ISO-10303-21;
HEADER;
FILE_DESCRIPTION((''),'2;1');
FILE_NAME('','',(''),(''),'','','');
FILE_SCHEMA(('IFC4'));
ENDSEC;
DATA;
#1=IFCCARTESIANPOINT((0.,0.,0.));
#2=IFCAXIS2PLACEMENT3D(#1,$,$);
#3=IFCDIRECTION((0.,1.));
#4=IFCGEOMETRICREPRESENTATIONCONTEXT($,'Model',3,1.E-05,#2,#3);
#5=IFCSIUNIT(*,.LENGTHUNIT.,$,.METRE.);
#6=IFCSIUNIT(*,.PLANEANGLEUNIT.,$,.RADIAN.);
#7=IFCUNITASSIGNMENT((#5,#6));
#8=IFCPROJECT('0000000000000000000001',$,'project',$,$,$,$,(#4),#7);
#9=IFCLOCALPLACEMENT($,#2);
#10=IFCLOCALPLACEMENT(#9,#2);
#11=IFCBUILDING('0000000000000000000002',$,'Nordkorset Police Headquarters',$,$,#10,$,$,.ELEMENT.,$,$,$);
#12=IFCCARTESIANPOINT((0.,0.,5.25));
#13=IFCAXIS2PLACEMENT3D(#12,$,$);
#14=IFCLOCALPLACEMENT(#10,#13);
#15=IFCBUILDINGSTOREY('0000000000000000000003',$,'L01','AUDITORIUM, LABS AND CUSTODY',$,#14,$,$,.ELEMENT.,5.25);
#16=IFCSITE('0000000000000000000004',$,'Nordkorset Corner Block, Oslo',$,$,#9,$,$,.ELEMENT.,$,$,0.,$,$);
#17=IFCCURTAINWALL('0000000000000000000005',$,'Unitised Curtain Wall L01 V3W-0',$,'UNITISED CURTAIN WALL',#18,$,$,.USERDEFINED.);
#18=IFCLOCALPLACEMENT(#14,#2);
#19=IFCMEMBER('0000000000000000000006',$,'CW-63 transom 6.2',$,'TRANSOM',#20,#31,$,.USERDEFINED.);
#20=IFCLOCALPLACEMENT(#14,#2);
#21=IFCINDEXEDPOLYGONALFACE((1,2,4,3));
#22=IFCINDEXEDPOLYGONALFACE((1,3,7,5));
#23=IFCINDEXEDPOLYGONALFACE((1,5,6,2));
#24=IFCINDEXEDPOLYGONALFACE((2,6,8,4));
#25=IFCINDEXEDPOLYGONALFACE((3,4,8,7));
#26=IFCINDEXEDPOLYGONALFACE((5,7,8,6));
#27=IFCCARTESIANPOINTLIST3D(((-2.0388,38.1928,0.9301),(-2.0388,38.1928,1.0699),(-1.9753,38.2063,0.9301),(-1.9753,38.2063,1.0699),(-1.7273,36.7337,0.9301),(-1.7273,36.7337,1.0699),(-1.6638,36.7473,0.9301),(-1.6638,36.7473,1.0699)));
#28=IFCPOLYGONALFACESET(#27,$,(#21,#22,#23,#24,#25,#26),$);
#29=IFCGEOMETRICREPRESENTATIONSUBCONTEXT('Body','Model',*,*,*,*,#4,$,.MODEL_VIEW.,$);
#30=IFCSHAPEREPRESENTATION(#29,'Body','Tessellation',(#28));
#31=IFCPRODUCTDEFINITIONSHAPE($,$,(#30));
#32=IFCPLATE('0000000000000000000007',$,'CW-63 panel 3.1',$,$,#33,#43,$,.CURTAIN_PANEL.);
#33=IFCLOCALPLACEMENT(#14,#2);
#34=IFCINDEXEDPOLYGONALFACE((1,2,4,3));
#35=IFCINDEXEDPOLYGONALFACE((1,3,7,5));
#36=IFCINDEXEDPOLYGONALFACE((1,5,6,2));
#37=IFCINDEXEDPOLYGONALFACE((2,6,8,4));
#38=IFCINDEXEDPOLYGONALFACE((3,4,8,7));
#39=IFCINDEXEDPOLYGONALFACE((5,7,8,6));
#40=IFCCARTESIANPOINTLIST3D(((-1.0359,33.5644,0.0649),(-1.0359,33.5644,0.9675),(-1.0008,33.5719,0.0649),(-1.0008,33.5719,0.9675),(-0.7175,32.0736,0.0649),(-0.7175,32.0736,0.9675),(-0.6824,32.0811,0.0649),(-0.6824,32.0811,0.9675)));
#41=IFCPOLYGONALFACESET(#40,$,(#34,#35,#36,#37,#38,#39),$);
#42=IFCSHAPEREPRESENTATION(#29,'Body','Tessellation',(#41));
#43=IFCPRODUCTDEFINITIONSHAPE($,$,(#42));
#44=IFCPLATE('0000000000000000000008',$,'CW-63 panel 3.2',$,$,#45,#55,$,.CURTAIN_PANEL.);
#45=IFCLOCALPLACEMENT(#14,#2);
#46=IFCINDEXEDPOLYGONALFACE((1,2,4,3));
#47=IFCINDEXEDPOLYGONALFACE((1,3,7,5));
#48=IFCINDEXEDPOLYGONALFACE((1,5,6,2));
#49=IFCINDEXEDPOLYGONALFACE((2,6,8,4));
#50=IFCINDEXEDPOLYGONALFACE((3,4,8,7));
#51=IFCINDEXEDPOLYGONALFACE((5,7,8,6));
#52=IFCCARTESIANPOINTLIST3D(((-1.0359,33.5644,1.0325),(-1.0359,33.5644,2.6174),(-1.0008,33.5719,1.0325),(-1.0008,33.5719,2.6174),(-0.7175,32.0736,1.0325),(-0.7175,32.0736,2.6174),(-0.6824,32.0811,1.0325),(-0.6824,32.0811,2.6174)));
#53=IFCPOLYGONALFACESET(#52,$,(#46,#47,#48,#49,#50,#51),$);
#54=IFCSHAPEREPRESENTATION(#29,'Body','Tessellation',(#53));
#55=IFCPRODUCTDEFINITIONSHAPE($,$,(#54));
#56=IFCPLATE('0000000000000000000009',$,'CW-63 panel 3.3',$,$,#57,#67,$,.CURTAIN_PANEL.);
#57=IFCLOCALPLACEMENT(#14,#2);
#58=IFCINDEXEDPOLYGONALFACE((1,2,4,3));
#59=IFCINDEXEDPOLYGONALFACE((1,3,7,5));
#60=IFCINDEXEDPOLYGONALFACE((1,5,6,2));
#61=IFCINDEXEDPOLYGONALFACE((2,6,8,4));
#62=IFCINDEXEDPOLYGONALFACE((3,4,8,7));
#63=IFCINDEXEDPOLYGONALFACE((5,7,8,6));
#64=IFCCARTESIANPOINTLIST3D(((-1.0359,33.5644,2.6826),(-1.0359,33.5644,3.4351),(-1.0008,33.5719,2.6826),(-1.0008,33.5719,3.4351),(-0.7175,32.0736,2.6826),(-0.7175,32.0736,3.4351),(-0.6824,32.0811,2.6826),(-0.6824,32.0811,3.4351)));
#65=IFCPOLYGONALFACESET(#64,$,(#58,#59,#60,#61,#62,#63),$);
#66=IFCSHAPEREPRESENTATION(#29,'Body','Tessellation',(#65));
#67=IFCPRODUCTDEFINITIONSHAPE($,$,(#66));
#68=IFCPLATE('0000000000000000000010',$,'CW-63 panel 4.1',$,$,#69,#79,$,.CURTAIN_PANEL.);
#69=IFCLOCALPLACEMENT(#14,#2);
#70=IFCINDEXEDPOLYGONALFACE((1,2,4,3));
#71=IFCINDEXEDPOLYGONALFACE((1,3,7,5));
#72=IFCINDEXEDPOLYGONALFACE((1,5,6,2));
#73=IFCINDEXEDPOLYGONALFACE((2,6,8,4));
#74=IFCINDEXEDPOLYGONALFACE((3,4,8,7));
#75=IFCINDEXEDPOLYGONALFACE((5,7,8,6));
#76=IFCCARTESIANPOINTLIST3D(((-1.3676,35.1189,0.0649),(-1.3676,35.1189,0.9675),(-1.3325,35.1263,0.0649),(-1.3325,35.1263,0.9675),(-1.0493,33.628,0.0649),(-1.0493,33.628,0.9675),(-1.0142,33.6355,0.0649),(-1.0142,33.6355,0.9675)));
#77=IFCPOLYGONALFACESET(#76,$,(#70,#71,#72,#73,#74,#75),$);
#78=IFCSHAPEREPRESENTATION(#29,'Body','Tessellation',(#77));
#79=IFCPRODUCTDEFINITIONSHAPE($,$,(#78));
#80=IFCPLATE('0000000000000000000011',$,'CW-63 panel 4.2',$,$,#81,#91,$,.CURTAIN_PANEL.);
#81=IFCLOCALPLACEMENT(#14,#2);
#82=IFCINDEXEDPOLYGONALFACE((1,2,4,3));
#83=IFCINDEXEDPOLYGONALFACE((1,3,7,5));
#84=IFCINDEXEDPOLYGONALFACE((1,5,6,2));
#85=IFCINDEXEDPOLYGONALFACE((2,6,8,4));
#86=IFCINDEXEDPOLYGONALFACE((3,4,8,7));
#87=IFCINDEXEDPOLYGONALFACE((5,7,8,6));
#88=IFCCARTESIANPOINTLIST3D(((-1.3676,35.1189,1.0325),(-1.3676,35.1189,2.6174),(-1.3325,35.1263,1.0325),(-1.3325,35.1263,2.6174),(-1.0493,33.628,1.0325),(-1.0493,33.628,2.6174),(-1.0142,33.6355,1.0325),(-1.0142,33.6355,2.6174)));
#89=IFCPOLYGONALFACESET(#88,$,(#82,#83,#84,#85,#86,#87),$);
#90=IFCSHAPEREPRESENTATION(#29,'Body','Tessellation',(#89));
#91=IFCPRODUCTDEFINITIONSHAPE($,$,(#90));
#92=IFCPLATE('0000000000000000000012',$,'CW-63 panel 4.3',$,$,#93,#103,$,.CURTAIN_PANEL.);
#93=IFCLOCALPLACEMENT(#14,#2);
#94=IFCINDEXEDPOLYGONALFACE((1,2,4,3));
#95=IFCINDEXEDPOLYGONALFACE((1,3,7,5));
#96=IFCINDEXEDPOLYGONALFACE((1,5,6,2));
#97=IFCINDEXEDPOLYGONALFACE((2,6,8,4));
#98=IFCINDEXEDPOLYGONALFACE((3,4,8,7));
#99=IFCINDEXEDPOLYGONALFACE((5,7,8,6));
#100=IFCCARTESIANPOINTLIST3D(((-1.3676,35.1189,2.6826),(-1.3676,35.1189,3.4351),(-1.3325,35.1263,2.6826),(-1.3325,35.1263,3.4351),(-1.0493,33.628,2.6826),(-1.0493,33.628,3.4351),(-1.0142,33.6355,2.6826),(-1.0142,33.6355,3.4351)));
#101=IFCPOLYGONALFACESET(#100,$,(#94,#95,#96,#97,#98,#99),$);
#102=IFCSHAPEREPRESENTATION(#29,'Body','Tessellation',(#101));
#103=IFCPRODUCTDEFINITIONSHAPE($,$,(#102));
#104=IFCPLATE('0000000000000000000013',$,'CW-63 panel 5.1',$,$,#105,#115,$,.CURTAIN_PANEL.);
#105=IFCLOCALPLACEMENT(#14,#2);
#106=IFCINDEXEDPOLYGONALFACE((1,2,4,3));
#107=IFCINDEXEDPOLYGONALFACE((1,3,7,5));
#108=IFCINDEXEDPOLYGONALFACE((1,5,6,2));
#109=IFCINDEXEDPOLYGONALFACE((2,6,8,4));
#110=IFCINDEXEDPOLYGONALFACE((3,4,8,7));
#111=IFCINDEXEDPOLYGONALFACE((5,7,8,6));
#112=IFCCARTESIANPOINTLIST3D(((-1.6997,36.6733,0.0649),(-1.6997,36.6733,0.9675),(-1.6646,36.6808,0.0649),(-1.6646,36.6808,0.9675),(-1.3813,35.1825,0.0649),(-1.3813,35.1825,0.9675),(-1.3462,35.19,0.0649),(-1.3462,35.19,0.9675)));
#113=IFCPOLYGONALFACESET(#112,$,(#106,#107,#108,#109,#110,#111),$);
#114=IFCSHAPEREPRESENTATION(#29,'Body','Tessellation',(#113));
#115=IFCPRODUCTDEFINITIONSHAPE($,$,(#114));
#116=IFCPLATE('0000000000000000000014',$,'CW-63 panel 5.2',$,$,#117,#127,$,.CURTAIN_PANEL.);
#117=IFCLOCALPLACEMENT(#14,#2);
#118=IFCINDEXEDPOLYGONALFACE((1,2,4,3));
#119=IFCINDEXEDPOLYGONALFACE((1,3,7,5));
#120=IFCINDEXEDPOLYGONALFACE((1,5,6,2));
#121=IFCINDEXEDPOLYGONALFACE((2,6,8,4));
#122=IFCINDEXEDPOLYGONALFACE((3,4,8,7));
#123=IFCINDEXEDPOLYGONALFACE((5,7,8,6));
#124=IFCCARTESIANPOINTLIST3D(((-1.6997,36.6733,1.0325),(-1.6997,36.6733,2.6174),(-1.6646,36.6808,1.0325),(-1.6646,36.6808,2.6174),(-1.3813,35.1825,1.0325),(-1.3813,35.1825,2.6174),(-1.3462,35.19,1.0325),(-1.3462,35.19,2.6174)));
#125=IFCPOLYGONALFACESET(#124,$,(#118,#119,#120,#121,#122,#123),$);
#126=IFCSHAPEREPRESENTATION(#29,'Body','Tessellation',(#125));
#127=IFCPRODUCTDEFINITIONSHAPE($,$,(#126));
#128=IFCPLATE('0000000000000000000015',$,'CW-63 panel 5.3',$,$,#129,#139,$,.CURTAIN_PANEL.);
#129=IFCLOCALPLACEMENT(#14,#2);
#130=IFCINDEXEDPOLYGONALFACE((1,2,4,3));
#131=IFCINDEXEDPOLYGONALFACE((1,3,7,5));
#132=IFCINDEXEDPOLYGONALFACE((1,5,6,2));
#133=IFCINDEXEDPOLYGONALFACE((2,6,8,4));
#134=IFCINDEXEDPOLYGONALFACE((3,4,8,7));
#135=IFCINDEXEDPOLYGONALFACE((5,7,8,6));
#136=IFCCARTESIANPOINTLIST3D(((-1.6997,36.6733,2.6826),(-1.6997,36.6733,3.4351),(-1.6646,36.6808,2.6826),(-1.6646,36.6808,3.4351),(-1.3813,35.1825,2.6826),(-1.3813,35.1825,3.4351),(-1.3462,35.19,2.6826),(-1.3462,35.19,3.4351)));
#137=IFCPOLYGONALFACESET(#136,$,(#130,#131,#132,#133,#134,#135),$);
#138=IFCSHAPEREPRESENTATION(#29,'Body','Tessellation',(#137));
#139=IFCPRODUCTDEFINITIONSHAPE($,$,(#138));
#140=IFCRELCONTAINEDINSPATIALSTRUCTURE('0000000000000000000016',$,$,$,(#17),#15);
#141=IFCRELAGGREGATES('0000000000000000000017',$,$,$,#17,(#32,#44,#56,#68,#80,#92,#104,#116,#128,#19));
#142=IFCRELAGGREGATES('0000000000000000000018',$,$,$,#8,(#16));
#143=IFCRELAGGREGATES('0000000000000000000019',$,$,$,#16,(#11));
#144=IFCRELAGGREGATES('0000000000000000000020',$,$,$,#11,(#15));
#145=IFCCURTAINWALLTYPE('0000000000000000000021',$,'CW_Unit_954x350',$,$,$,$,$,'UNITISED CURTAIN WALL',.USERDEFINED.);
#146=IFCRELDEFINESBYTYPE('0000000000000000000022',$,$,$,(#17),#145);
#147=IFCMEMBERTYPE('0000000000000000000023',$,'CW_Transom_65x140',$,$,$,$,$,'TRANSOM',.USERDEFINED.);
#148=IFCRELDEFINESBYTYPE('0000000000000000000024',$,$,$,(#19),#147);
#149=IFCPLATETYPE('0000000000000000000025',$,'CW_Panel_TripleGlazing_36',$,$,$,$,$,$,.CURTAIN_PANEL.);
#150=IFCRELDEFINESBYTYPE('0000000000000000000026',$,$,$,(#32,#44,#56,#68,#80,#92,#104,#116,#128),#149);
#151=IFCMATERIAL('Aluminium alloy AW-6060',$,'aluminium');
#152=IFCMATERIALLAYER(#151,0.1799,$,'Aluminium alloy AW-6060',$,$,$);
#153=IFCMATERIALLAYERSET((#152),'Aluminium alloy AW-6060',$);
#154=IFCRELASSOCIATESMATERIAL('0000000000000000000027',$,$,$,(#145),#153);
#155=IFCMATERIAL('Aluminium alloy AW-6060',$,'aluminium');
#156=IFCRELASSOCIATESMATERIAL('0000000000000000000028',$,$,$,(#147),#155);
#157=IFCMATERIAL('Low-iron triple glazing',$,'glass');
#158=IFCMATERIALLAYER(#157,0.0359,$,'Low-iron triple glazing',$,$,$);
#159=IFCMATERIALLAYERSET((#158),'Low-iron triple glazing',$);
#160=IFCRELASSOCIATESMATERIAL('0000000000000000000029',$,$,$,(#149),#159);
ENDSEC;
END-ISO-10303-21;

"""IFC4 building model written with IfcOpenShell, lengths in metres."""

from ifc_helpers import new_model, si_unit, direction, frame, origin, origin_2d, place, context, subcontext, project, spatial, rectangle, extrude, material, layer, layer_set, material_profile, profile_set, type_object, element, aggregate, save


model = new_model("IFC4")

# Units and contexts
model_context = context("Model", 3, precision=1e-05, world=origin(), true_north=direction((0.0, 1.0)))
body_context = subcontext(model_context, "Body", "Model", "MODEL_VIEW")
ifc_project = project(units=[si_unit("LENGTHUNIT", "METRE"), si_unit("PLANEANGLEUNIT", "RADIAN")], contexts=[model_context])

# Site, building, storey
site_placement = place(None, origin())
site = spatial("IfcSite", under=ifc_project, at=site_placement, Name="Nordkorset Corner Block, Oslo", CompositionType="ELEMENT", RefElevation=0.0)
building_placement = place(site_placement, origin())
building = spatial("IfcBuilding", under=site, at=building_placement, Name="Nordkorset Police Headquarters", CompositionType="ELEMENT")
storey_placement = place(building_placement, frame((0.0, 0.0, 5.25)))
storey = spatial("IfcBuildingStorey", under=building, at=storey_placement, Name="L01", Description="AUDITORIUM, LABS AND CUSTODY", CompositionType="ELEMENT", Elevation=5.25)

# Curtain wall, member, plates
ifc_material_1 = material(Name="Aluminium alloy AW-6060", Category="aluminium")
ifc_layer_1 = layer(ifc_material_1, 0.1799, Name="Aluminium alloy AW-6060")
ifc_layer_set_1 = layer_set([ifc_layer_1], Name="Aluminium alloy AW-6060")
curtain_wall_type = type_object("IfcCurtainWallType", Name="CW_Unit_954x350", ElementType="UNITISED CURTAIN WALL", PredefinedType="USERDEFINED", material=ifc_layer_set_1)
curtain_wall_placement = place(storey_placement, origin())
curtain_wall = element("IfcCurtainWall", 1, at=curtain_wall_placement, inside=storey, type_object=curtain_wall_type, Name="Unitised Curtain Wall L01 V3W-0", ObjectType="UNITISED CURTAIN WALL", PredefinedType="USERDEFINED")
ifc_material_2 = material(Name="Aluminium alloy AW-6060", Category="aluminium")
ifc_material_profile_1 = material_profile(ifc_material_2, rectangle(XDim=0.0649, YDim=0.1399, at=origin_2d()), Name="ALU TRAN 65x140")
ifc_profile_set_1 = profile_set([ifc_material_profile_1], Name="Aluminium alloy AW-6060")
member_type_1 = type_object("IfcMemberType", Name="CW_Transom_65x140", ElementType="TRANSOM", PredefinedType="USERDEFINED", material=ifc_profile_set_1)
member_1_placement = place(storey_placement, frame((-1.6956, 36.7405, 1.0), z_axis=(-0.208814, 0.977955, 0.0), x_axis=(-0.977955, -0.208814, 0.0)))
member_1 = element("IfcMember", 2, at=member_1_placement, type_object=member_type_1, Name="CW-63 transom 6.2", ObjectType="TRANSOM", PredefinedType="USERDEFINED", context=body_context, shape_type="SweptSolid", body=[
    extrude(rectangle(XDim=0.0649, YDim=0.1399, at=origin_2d()), origin(), (0.0, 0.0, 1.0), 1.4919),
])
ifc_material_3 = material(Name="Low-iron triple glazing", Category="glass")
ifc_layer_2 = layer(ifc_material_3, 0.0359, Name="Low-iron triple glazing")
ifc_layer_set_2 = layer_set([ifc_layer_2], Name="Low-iron triple glazing")
plate_type = type_object("IfcPlateType", Name="CW_Panel_TripleGlazing_36", PredefinedType="CURTAIN_PANEL", material=ifc_layer_set_2)
plate_1_placement = place(storey_placement, frame((-0.8591, 32.8228, 0.0649), z_axis=(0.0, 0.0, 1.0), x_axis=(-0.208833, 0.977951, 0.0)))
plate_1 = element("IfcPlate", 3, at=plate_1_placement, type_object=plate_type, Name="CW-63 panel 3.1", PredefinedType="CURTAIN_PANEL", context=body_context, shape_type="SweptSolid", body=[
    extrude(rectangle(XDim=1.5244, YDim=0.0359, at=origin_2d()), origin(), (0.0, 0.0, 1.0), 0.9026),
])
plate_2_placement = place(storey_placement, frame((-0.8591, 32.8228, 1.0325), z_axis=(0.0, 0.0, 1.0), x_axis=(-0.208833, 0.977951, 0.0)))
plate_2 = element("IfcPlate", 4, at=plate_2_placement, type_object=plate_type, Name="CW-63 panel 3.2", PredefinedType="CURTAIN_PANEL", context=body_context, shape_type="SweptSolid", body=[
    extrude(rectangle(XDim=1.5244, YDim=0.0359, at=origin_2d()), origin(), (0.0, 0.0, 1.0), 1.585),
])
plate_3_placement = place(storey_placement, frame((-0.8591, 32.8228, 2.6826), z_axis=(0.0, 0.0, 1.0), x_axis=(-0.208833, 0.977951, 0.0)))
plate_3 = element("IfcPlate", 5, at=plate_3_placement, type_object=plate_type, Name="CW-63 panel 3.3", PredefinedType="CURTAIN_PANEL", context=body_context, shape_type="SweptSolid", body=[
    extrude(rectangle(XDim=1.5244, YDim=0.0359, at=origin_2d()), origin(), (0.0, 0.0, 1.0), 0.7524),
])
plate_4_placement = place(storey_placement, frame((-1.1909, 34.3772, 0.0649), z_axis=(0.0, 0.0, 1.0), x_axis=(-0.208833, 0.977951, 0.0)))
plate_4 = element("IfcPlate", 6, at=plate_4_placement, type_object=plate_type, Name="CW-63 panel 4.1", PredefinedType="CURTAIN_PANEL", context=body_context, shape_type="SweptSolid", body=[
    extrude(rectangle(XDim=1.5244, YDim=0.0359, at=origin_2d()), origin(), (0.0, 0.0, 1.0), 0.9026),
])
plate_5_placement = place(storey_placement, frame((-1.1909, 34.3772, 1.0325), z_axis=(0.0, 0.0, 1.0), x_axis=(-0.208833, 0.977951, 0.0)))
plate_5 = element("IfcPlate", 7, at=plate_5_placement, type_object=plate_type, Name="CW-63 panel 4.2", PredefinedType="CURTAIN_PANEL", context=body_context, shape_type="SweptSolid", body=[
    extrude(rectangle(XDim=1.5244, YDim=0.0359, at=origin_2d()), origin(), (0.0, 0.0, 1.0), 1.585),
])
plate_6_placement = place(storey_placement, frame((-1.1909, 34.3772, 2.6826), z_axis=(0.0, 0.0, 1.0), x_axis=(-0.208833, 0.977951, 0.0)))
plate_6 = element("IfcPlate", 8, at=plate_6_placement, type_object=plate_type, Name="CW-63 panel 4.3", PredefinedType="CURTAIN_PANEL", context=body_context, shape_type="SweptSolid", body=[
    extrude(rectangle(XDim=1.5244, YDim=0.0359, at=origin_2d()), origin(), (0.0, 0.0, 1.0), 0.7524),
])
plate_7_placement = place(storey_placement, frame((-1.5229, 35.9316, 0.0649), z_axis=(0.0, 0.0, 1.0), x_axis=(-0.208833, 0.977951, 0.0)))
plate_7 = element("IfcPlate", 9, at=plate_7_placement, type_object=plate_type, Name="CW-63 panel 5.1", PredefinedType="CURTAIN_PANEL", context=body_context, shape_type="SweptSolid", body=[
    extrude(rectangle(XDim=1.5244, YDim=0.0359, at=origin_2d()), origin(), (0.0, 0.0, 1.0), 0.9026),
])
plate_8_placement = place(storey_placement, frame((-1.5229, 35.9316, 1.0325), z_axis=(0.0, 0.0, 1.0), x_axis=(-0.208833, 0.977951, 0.0)))
plate_8 = element("IfcPlate", 10, at=plate_8_placement, type_object=plate_type, Name="CW-63 panel 5.2", PredefinedType="CURTAIN_PANEL", context=body_context, shape_type="SweptSolid", body=[
    extrude(rectangle(XDim=1.5244, YDim=0.0359, at=origin_2d()), origin(), (0.0, 0.0, 1.0), 1.585),
])
plate_9_placement = place(storey_placement, frame((-1.5229, 35.9316, 2.6826), z_axis=(0.0, 0.0, 1.0), x_axis=(-0.208833, 0.977951, 0.0)))
plate_9 = element("IfcPlate", 11, at=plate_9_placement, type_object=plate_type, Name="CW-63 panel 5.3", PredefinedType="CURTAIN_PANEL", context=body_context, shape_type="SweptSolid", body=[
    extrude(rectangle(XDim=1.5244, YDim=0.0359, at=origin_2d()), origin(), (0.0, 0.0, 1.0), 0.7524),
])
aggregate(curtain_wall, [plate_1, plate_2, plate_3, plate_4, plate_5, plate_6, plate_7, plate_8, plate_9, member_1])

save(model, "model.ifc")
